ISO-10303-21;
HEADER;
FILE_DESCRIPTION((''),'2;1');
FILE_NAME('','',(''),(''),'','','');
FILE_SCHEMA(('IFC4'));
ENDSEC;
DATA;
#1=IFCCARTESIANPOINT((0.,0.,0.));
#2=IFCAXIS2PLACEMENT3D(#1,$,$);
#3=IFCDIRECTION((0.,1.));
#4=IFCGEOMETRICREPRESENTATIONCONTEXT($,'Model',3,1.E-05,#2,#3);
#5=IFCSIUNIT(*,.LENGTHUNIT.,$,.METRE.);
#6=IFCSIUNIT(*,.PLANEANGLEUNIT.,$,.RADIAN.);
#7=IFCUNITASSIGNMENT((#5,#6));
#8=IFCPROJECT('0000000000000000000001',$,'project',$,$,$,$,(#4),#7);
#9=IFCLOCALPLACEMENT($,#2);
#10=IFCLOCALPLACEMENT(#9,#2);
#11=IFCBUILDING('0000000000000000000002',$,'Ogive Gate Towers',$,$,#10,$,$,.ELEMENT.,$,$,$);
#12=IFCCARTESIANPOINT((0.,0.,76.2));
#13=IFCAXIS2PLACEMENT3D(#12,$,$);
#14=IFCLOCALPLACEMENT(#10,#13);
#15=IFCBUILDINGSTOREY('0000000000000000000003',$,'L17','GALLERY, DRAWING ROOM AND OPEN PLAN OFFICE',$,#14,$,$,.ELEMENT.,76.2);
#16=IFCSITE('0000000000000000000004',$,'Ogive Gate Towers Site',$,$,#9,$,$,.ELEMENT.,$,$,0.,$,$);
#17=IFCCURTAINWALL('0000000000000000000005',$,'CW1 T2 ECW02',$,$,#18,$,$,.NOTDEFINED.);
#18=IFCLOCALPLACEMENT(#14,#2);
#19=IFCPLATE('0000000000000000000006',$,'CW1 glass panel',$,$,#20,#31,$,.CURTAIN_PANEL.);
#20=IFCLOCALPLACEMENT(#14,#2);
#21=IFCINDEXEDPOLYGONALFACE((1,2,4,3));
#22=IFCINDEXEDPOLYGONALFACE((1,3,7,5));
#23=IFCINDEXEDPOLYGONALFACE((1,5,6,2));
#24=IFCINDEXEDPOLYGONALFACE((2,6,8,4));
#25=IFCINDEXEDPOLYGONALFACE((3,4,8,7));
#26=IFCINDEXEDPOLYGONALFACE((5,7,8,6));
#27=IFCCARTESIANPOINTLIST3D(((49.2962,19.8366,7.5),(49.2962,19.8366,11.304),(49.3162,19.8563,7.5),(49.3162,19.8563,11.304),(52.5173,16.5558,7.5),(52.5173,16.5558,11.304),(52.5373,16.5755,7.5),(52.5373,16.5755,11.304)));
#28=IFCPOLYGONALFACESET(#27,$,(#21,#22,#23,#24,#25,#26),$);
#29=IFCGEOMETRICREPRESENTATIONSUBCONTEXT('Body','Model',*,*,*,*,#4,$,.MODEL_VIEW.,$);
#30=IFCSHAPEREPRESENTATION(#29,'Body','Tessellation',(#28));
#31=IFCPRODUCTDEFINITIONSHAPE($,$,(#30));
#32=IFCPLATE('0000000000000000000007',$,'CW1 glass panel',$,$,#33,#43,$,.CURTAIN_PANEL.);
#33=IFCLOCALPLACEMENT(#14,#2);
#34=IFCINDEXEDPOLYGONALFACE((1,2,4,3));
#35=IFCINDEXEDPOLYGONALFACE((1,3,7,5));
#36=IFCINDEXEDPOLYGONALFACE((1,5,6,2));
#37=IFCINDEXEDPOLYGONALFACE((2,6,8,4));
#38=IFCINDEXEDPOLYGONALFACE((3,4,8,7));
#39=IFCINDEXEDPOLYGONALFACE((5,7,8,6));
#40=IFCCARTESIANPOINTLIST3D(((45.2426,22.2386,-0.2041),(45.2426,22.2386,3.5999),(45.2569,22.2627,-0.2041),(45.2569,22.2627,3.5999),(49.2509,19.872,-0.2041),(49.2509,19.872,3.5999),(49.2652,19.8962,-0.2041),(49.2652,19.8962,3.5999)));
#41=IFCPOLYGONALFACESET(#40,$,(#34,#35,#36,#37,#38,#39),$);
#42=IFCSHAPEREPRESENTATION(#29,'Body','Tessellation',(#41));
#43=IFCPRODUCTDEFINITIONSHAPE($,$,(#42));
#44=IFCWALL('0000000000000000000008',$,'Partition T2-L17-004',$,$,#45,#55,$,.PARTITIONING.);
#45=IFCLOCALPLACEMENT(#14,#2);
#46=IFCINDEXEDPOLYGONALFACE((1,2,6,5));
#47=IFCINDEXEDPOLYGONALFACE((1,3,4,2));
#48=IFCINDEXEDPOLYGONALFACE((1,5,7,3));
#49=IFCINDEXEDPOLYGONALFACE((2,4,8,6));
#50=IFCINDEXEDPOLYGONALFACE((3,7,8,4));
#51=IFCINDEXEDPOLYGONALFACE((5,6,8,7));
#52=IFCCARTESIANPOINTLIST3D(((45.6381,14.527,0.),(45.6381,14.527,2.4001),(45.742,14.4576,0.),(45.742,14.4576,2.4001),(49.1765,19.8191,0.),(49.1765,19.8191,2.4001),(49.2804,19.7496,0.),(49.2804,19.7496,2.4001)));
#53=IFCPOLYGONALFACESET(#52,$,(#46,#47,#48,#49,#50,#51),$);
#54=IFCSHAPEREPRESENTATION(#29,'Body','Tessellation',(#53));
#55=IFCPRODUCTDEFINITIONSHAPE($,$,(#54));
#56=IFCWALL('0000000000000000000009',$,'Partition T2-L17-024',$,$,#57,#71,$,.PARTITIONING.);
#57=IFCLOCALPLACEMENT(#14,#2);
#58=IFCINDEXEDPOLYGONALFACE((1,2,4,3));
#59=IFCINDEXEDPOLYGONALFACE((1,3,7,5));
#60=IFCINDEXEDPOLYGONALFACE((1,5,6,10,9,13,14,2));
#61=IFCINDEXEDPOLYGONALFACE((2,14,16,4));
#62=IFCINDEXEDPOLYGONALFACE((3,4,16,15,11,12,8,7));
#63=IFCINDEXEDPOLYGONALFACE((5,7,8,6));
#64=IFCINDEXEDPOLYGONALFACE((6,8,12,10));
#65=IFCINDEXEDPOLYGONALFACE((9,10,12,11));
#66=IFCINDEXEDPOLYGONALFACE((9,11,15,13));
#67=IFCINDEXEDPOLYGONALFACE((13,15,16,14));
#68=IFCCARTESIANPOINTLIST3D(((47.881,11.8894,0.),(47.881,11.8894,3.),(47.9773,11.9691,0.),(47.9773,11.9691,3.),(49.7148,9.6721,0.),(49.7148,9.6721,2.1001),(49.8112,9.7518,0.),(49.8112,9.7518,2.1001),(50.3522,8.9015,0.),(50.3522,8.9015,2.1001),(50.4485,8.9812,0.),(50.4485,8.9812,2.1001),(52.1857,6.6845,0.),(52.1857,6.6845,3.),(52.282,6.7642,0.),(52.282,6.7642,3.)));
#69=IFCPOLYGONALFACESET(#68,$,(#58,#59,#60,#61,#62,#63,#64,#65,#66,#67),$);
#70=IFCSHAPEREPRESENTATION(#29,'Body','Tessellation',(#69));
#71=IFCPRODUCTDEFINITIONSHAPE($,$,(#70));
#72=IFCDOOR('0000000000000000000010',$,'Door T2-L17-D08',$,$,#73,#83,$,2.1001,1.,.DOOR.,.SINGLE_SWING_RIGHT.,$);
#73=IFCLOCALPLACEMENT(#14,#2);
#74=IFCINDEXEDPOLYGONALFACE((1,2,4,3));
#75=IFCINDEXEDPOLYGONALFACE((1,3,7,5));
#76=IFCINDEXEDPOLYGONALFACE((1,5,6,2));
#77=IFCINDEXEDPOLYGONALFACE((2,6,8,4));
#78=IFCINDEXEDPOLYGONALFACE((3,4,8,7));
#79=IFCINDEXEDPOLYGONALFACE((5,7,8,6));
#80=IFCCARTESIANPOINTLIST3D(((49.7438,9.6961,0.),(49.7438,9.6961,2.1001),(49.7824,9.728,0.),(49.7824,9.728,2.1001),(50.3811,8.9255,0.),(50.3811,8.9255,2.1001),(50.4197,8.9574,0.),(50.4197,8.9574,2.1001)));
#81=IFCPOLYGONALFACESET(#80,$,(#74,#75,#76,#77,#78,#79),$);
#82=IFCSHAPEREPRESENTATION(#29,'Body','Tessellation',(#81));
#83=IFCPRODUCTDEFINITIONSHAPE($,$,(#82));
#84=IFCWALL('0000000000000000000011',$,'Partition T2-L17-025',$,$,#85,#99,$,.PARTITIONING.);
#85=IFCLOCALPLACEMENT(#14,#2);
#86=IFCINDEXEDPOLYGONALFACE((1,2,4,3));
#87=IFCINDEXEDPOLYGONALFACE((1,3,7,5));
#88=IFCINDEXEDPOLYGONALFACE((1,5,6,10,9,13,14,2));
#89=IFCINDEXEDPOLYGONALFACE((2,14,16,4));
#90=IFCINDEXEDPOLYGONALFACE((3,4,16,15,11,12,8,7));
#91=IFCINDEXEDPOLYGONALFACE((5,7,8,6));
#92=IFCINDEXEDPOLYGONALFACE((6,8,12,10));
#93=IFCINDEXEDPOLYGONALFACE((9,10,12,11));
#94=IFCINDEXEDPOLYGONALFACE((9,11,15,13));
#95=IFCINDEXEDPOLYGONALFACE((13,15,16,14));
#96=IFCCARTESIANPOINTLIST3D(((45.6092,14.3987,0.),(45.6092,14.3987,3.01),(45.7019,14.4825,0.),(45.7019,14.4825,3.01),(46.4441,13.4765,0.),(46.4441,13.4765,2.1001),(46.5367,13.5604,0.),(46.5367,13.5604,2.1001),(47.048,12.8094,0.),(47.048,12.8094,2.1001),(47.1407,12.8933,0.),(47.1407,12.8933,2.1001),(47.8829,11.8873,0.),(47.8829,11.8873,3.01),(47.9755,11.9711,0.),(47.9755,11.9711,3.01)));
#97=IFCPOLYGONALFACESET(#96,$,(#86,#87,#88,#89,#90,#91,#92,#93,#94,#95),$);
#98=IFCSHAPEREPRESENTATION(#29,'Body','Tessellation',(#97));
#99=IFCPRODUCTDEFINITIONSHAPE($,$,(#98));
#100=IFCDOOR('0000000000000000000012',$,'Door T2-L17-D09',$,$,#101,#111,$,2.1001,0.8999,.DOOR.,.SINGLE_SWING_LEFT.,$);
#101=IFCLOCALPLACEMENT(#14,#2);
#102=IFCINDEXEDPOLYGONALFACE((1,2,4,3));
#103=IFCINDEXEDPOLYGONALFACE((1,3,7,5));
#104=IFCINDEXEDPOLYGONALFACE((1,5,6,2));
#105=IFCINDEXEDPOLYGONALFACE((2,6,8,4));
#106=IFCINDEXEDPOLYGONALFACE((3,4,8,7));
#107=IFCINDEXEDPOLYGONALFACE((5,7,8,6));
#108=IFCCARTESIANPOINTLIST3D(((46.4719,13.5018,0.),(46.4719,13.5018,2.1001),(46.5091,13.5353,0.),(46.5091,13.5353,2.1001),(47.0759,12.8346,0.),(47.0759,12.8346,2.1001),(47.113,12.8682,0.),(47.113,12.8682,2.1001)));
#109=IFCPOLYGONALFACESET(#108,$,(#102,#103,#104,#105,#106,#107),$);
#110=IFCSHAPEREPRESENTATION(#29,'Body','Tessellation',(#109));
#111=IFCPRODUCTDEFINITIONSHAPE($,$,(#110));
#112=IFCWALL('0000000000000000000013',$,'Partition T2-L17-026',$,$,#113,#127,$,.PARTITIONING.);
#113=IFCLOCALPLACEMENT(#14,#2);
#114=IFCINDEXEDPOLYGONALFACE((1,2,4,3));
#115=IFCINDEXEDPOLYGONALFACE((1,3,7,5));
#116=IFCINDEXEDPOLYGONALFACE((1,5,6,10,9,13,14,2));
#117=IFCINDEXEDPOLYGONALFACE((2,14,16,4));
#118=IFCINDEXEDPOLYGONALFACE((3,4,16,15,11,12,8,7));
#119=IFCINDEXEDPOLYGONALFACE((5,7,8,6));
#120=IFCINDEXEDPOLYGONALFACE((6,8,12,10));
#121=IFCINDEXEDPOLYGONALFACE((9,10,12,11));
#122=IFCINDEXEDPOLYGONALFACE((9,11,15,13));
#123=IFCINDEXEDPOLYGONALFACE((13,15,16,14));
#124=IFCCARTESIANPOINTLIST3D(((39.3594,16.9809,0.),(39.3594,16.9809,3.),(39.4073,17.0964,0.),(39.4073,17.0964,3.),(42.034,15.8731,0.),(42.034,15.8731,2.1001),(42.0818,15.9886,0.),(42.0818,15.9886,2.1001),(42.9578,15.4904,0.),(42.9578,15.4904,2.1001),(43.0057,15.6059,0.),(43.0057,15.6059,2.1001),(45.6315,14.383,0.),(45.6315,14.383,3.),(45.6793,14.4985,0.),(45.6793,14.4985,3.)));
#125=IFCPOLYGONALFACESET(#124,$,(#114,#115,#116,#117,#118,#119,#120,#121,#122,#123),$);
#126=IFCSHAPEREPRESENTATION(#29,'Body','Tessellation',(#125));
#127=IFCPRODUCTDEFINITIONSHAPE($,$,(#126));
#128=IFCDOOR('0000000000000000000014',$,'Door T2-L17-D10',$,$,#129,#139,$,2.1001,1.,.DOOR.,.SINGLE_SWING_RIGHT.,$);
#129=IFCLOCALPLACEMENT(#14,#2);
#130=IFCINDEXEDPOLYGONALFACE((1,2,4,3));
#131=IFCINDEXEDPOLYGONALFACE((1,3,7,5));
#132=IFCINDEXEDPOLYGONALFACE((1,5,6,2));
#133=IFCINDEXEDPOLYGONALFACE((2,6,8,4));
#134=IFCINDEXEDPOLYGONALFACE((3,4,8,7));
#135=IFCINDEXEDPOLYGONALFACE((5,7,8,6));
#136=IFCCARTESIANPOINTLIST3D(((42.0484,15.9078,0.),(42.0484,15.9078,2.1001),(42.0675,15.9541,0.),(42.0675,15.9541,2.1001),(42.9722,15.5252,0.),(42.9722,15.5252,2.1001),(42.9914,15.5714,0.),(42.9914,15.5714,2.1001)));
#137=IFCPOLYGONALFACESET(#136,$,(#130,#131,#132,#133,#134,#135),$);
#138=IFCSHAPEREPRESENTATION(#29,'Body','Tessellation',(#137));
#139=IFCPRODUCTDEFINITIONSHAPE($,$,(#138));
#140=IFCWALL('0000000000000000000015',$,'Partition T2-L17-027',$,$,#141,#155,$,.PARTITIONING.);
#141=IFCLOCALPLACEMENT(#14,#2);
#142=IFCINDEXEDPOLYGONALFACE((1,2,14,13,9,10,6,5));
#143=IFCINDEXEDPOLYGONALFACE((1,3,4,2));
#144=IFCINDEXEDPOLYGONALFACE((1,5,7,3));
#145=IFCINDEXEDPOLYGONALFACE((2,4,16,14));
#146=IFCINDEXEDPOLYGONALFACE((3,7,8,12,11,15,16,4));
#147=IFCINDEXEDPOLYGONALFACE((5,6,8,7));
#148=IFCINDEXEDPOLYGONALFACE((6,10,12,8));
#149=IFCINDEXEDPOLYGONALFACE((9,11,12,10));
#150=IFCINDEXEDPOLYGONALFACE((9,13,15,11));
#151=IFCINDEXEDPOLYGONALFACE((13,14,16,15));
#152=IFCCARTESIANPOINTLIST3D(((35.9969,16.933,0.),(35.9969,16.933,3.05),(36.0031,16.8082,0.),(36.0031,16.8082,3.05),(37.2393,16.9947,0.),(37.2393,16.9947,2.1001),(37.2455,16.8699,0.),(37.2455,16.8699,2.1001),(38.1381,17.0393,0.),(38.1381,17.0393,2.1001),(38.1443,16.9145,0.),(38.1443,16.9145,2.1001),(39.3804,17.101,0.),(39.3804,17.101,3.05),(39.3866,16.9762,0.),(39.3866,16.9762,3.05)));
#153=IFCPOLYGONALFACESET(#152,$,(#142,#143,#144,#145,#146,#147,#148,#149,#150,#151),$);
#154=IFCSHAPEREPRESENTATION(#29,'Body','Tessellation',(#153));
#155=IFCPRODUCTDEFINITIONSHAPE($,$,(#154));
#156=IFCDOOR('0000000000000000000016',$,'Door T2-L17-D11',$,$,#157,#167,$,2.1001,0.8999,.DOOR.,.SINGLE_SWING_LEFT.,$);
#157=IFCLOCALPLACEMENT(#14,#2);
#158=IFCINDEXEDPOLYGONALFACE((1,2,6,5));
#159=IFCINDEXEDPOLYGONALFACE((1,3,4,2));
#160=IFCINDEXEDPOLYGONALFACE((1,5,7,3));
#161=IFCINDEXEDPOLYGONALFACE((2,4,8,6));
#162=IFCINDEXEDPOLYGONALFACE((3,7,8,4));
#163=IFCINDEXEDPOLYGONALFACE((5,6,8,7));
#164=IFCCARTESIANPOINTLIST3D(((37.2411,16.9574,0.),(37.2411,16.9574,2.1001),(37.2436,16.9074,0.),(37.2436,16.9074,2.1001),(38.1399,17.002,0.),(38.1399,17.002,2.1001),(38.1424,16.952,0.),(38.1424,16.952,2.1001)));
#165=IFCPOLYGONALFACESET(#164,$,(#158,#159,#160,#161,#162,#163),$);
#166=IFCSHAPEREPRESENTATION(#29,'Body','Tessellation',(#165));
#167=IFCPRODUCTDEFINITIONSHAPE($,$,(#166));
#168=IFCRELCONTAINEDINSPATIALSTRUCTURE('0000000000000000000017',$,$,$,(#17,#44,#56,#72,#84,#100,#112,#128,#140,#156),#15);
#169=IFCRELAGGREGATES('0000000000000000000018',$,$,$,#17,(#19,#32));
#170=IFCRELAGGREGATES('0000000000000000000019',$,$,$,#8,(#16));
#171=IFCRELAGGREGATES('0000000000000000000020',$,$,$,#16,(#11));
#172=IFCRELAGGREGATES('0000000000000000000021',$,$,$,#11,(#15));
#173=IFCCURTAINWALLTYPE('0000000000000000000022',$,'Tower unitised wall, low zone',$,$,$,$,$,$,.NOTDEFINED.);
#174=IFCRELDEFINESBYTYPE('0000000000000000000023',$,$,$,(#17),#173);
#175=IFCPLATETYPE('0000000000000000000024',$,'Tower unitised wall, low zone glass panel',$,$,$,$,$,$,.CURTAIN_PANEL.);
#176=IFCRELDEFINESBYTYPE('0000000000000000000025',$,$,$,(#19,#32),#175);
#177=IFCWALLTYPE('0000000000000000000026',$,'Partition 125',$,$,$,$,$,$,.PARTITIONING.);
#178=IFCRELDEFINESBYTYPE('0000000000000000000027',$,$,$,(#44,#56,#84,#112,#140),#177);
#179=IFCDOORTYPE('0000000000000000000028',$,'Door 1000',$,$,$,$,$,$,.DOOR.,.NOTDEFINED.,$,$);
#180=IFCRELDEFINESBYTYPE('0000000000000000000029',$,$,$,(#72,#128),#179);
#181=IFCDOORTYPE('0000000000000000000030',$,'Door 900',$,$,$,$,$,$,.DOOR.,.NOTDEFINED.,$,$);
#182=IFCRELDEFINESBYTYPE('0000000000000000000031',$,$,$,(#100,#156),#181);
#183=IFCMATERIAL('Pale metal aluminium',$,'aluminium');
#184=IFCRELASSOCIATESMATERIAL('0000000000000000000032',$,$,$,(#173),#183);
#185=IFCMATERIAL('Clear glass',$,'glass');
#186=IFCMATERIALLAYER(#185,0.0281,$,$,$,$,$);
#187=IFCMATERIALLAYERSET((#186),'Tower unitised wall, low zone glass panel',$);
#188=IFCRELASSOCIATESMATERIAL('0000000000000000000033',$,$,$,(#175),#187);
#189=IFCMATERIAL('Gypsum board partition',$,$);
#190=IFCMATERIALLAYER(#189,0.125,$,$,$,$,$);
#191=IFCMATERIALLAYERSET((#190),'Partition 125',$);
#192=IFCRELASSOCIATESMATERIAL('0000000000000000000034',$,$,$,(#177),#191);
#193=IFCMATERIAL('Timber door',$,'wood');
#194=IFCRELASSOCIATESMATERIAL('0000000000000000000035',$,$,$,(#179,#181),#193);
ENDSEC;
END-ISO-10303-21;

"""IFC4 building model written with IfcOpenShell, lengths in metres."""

from ifc_helpers import new_model, si_unit, direction, frame, frame_2d, origin, origin_2d, place, context, subcontext, project, spatial, rectangle, extrude, material, layer, layer_set, type_object, element, fill, aggregate, save


model = new_model("IFC4")

# Units and contexts
model_context = context("Model", 3, precision=1e-05, world=origin(), true_north=direction((0.0, 1.0)))
body_context = subcontext(model_context, "Body", "Model", "MODEL_VIEW")
ifc_project = project(units=[si_unit("LENGTHUNIT", "METRE"), si_unit("PLANEANGLEUNIT", "RADIAN")], contexts=[model_context])

# Site, building, storey
site_placement = place(None, origin())
site = spatial("IfcSite", under=ifc_project, at=site_placement, Name="Ogive Gate Towers Site", CompositionType="ELEMENT", RefElevation=0.0)
building_placement = place(site_placement, origin())
building = spatial("IfcBuilding", under=site, at=building_placement, Name="Ogive Gate Towers", CompositionType="ELEMENT")
storey_placement = place(building_placement, frame((0.0, 0.0, 76.2)))
storey = spatial("IfcBuildingStorey", under=building, at=storey_placement, Name="L17", Description="GALLERY, DRAWING ROOM AND OPEN PLAN OFFICE", CompositionType="ELEMENT", Elevation=76.2)

# Curtain wall, plates
ifc_material_1 = material(Name="Pale metal aluminium", Category="aluminium")
curtain_wall_type = type_object("IfcCurtainWallType", Name="Tower unitised wall, low zone", PredefinedType="NOTDEFINED", material=ifc_material_1)
curtain_wall_placement = place(storey_placement, origin())
curtain_wall = element("IfcCurtainWall", 1, at=curtain_wall_placement, inside=storey, type_object=curtain_wall_type, Name="CW1 T2 ECW02", PredefinedType="NOTDEFINED")
ifc_material_2 = material(Name="Clear glass", Category="glass")
ifc_layer_1 = layer(ifc_material_2, 0.0281)
ifc_layer_set_1 = layer_set([ifc_layer_1], Name="Tower unitised wall, low zone glass panel")
plate_type = type_object("IfcPlateType", Name="Tower unitised wall, low zone glass panel", PredefinedType="CURTAIN_PANEL", material=ifc_layer_set_1)
plate_1_placement = place(storey_placement, frame((50.9167, 18.2061, 7.5), z_axis=(0.0, 0.0, 1.0), x_axis=(-0.700586, 0.713568, 0.0)))
plate_1 = element("IfcPlate", 2, at=plate_1_placement, type_object=plate_type, Name="CW1 glass panel", PredefinedType="CURTAIN_PANEL", context=body_context, shape_type="SweptSolid", body=[
    extrude(rectangle(XDim=4.5977, YDim=0.0281, at=origin_2d()), origin(), (0.0, 0.0, 1.0), 3.804),
])
plate_2_placement = place(storey_placement, frame((47.2539, 21.0674, -0.2041), z_axis=(0.0, 0.0, 1.0), x_axis=(-0.861115, 0.50841, 0.0)))
plate_2 = element("IfcPlate", 3, at=plate_2_placement, type_object=plate_type, Name="CW1 glass panel", PredefinedType="CURTAIN_PANEL", context=body_context, shape_type="SweptSolid", body=[
    extrude(rectangle(XDim=4.6548, YDim=0.0281, at=origin_2d()), origin(), (0.0, 0.0, 1.0), 3.804),
])
aggregate(curtain_wall, [plate_1, plate_2])

# Wall
ifc_material_3 = material(Name="Gypsum board partition")
ifc_layer_2 = layer(ifc_material_3, 0.125)
ifc_layer_set_2 = layer_set([ifc_layer_2], Name="Partition 125")
wall_type_1 = type_object("IfcWallType", Name="Partition 125", PredefinedType="PARTITIONING", material=ifc_layer_set_2)
wall_1_placement = place(storey_placement, frame((49.2285, 19.7844, 0.0), z_axis=(0.0, 0.0, 1.0), x_axis=(-0.555824, -0.8313, 0.0)))
element("IfcWall", 4, at=wall_1_placement, inside=storey, type_object=wall_type_1, Name="Partition T2-L17-004", PredefinedType="PARTITIONING", context=body_context, shape_type="SweptSolid", body=[
    extrude(rectangle(XDim=6.366, YDim=0.125, at=frame_2d((3.1831, 0.0))), origin(), (0.0, 0.0, 1.0), 2.4001),
])

# Walls, openings, doors
wall_2_placement = place(storey_placement, frame((52.2339, 6.7244, 0.0), z_axis=(0.0, 0.0, 1.0), x_axis=(-0.637325, 0.770595, 0.0)))
wall_2 = element("IfcWall", 5, at=wall_2_placement, inside=storey, type_object=wall_type_1, Name="Partition T2-L17-024", PredefinedType="PARTITIONING", context=body_context, shape_type="SweptSolid", body=[
    extrude(rectangle(XDim=6.7544, YDim=0.125, at=frame_2d((3.3772, 0.0))), origin(), (0.0, 0.0, 1.0), 3.0),
])
opening_1_placement = place(wall_2_placement, frame((2.877, 0.0, 0.0)))
opening_1 = element("IfcOpeningElement", 6, at=opening_1_placement, cuts=wall_2, PredefinedType="OPENING", context=body_context, shape_type="SweptSolid", body=[
    extrude(rectangle(XDim=1.0, YDim=2.1001, at=frame_2d((0.5, 1.05))), frame((0.0, 0.0725, 0.0), z_axis=(0.0, -1.0, 0.0), x_axis=(1.0, 0.0, 0.0)), (0.0, 0.0, 1.0), 0.145),
])
ifc_material_4 = material(Name="Timber door", Category="wood")
door_type_1 = type_object("IfcDoorType", Name="Door 1000", OperationType="NOTDEFINED", PredefinedType="DOOR", material=ifc_material_4)
door_1_placement = place(opening_1_placement, origin())
door_1 = element("IfcDoor", 7, at=door_1_placement, inside=storey, type_object=door_type_1, Name="Door T2-L17-D08", OperationType="SINGLE_SWING_RIGHT", OverallHeight=2.1001, OverallWidth=1.0, PredefinedType="DOOR", context=body_context, shape_type="SweptSolid", body=[
    extrude(rectangle(XDim=1.0, YDim=2.1001, at=frame_2d((0.5, 1.05))), frame((0.0, 0.0249, 0.0), z_axis=(0.0, -1.0, 0.0), x_axis=(1.0, 0.0, 0.0)), (0.0, 0.0, 1.0), 0.05),
])
fill(opening_1, door_1)
wall_3_placement = place(storey_placement, frame((47.9292, 11.9292, 0.0), z_axis=(0.0, 0.0, 1.0), x_axis=(-0.67114, 0.741331, 0.0)))
wall_3 = element("IfcWall", 8, at=wall_3_placement, inside=storey, type_object=wall_type_1, Name="Partition T2-L17-025", PredefinedType="PARTITIONING", context=body_context, shape_type="SweptSolid", body=[
    extrude(rectangle(XDim=3.3877, YDim=0.125, at=frame_2d((1.6938, 0.0))), origin(), (0.0, 0.0, 1.0), 3.01),
])
opening_2_placement = place(wall_3_placement, frame((1.2439, 0.0, 0.0)))
opening_2 = element("IfcOpeningElement", 9, at=opening_2_placement, cuts=wall_3, PredefinedType="OPENING", context=body_context, shape_type="SweptSolid", body=[
    extrude(rectangle(XDim=0.8999, YDim=2.1001, at=frame_2d((0.45, 1.05))), frame((0.0, 0.0725, 0.0), z_axis=(0.0, -1.0, 0.0), x_axis=(1.0, 0.0, 0.0)), (0.0, 0.0, 1.0), 0.145),
])
door_type_2 = type_object("IfcDoorType", Name="Door 900", OperationType="NOTDEFINED", PredefinedType="DOOR", material=ifc_material_4)
door_2_placement = place(opening_2_placement, origin())
door_2 = element("IfcDoor", 10, at=door_2_placement, inside=storey, type_object=door_type_2, Name="Door T2-L17-D09", OperationType="SINGLE_SWING_LEFT", OverallHeight=2.1001, OverallWidth=0.8999, PredefinedType="DOOR", context=body_context, shape_type="SweptSolid", body=[
    extrude(rectangle(XDim=0.8999, YDim=2.1001, at=frame_2d((0.45, 1.05))), frame((0.0, 0.0249, 0.0), z_axis=(0.0, -1.0, 0.0), x_axis=(1.0, 0.0, 0.0)), (0.0, 0.0, 1.0), 0.05),
])
fill(opening_2, door_2)
wall_4_placement = place(storey_placement, frame((45.6555, 14.4407, 0.0), z_axis=(0.0, 0.0, 1.0), x_axis=(-0.923881, 0.382679, 0.0)))
wall_4 = element("IfcWall", 11, at=wall_4_placement, inside=storey, type_object=wall_type_1, Name="Partition T2-L17-026", PredefinedType="PARTITIONING", context=body_context, shape_type="SweptSolid", body=[
    extrude(rectangle(XDim=6.7888, YDim=0.125, at=frame_2d((3.3945, 0.0))), origin(), (0.0, 0.0, 1.0), 3.0),
])
opening_3_placement = place(wall_4_placement, frame((2.894, 0.0, 0.0)))
opening_3 = element("IfcOpeningElement", 12, at=opening_3_placement, cuts=wall_4, PredefinedType="OPENING", context=body_context, shape_type="SweptSolid", body=[
    extrude(rectangle(XDim=1.0, YDim=2.1001, at=frame_2d((0.5, 1.05))), frame((0.0, 0.0725, 0.0), z_axis=(0.0, -1.0, 0.0), x_axis=(1.0, 0.0, 0.0)), (0.0, 0.0, 1.0), 0.145),
])
door_3_placement = place(opening_3_placement, origin())
door_3 = element("IfcDoor", 13, at=door_3_placement, inside=storey, type_object=door_type_1, Name="Door T2-L17-D10", OperationType="SINGLE_SWING_RIGHT", OverallHeight=2.1001, OverallWidth=1.0, PredefinedType="DOOR", context=body_context, shape_type="SweptSolid", body=[
    extrude(rectangle(XDim=1.0, YDim=2.1001, at=frame_2d((0.5, 1.05))), frame((0.0, 0.0249, 0.0), z_axis=(0.0, -1.0, 0.0), x_axis=(1.0, 0.0, 0.0)), (0.0, 0.0, 1.0), 0.05),
])
fill(opening_3, door_3)
wall_5_placement = place(storey_placement, frame((39.3835, 17.0386, 0.0), z_axis=(0.0, 0.0, 1.0), x_axis=(-0.99877, -0.049582, 0.0)))
wall_5 = element("IfcWall", 14, at=wall_5_placement, inside=storey, type_object=wall_type_1, Name="Partition T2-L17-027", PredefinedType="PARTITIONING", context=body_context, shape_type="SweptSolid", body=[
    extrude(rectangle(XDim=3.3877, YDim=0.125, at=frame_2d((1.6938, 0.0))), origin(), (0.0, 0.0, 1.0), 3.05),
])
opening_4_placement = place(wall_5_placement, frame((1.2439, 0.0, 0.0)))
opening_4 = element("IfcOpeningElement", 15, at=opening_4_placement, cuts=wall_5, PredefinedType="OPENING", context=body_context, shape_type="SweptSolid", body=[
    extrude(rectangle(XDim=0.8999, YDim=2.1001, at=frame_2d((0.45, 1.05))), frame((0.0, 0.0725, 0.0), z_axis=(0.0, -1.0, 0.0), x_axis=(1.0, 0.0, 0.0)), (0.0, 0.0, 1.0), 0.145),
])
door_4_placement = place(opening_4_placement, origin())
door_4 = element("IfcDoor", 16, at=door_4_placement, inside=storey, type_object=door_type_2, Name="Door T2-L17-D11", OperationType="SINGLE_SWING_LEFT", OverallHeight=2.1001, OverallWidth=0.8999, PredefinedType="DOOR", context=body_context, shape_type="SweptSolid", body=[
    extrude(rectangle(XDim=0.8999, YDim=2.1001, at=frame_2d((0.45, 1.05))), frame((0.0, 0.0249, 0.0), z_axis=(0.0, -1.0, 0.0), x_axis=(1.0, 0.0, 0.0)), (0.0, 0.0, 1.0), 0.05),
])
fill(opening_4, door_4)

save(model, "model.ifc")
